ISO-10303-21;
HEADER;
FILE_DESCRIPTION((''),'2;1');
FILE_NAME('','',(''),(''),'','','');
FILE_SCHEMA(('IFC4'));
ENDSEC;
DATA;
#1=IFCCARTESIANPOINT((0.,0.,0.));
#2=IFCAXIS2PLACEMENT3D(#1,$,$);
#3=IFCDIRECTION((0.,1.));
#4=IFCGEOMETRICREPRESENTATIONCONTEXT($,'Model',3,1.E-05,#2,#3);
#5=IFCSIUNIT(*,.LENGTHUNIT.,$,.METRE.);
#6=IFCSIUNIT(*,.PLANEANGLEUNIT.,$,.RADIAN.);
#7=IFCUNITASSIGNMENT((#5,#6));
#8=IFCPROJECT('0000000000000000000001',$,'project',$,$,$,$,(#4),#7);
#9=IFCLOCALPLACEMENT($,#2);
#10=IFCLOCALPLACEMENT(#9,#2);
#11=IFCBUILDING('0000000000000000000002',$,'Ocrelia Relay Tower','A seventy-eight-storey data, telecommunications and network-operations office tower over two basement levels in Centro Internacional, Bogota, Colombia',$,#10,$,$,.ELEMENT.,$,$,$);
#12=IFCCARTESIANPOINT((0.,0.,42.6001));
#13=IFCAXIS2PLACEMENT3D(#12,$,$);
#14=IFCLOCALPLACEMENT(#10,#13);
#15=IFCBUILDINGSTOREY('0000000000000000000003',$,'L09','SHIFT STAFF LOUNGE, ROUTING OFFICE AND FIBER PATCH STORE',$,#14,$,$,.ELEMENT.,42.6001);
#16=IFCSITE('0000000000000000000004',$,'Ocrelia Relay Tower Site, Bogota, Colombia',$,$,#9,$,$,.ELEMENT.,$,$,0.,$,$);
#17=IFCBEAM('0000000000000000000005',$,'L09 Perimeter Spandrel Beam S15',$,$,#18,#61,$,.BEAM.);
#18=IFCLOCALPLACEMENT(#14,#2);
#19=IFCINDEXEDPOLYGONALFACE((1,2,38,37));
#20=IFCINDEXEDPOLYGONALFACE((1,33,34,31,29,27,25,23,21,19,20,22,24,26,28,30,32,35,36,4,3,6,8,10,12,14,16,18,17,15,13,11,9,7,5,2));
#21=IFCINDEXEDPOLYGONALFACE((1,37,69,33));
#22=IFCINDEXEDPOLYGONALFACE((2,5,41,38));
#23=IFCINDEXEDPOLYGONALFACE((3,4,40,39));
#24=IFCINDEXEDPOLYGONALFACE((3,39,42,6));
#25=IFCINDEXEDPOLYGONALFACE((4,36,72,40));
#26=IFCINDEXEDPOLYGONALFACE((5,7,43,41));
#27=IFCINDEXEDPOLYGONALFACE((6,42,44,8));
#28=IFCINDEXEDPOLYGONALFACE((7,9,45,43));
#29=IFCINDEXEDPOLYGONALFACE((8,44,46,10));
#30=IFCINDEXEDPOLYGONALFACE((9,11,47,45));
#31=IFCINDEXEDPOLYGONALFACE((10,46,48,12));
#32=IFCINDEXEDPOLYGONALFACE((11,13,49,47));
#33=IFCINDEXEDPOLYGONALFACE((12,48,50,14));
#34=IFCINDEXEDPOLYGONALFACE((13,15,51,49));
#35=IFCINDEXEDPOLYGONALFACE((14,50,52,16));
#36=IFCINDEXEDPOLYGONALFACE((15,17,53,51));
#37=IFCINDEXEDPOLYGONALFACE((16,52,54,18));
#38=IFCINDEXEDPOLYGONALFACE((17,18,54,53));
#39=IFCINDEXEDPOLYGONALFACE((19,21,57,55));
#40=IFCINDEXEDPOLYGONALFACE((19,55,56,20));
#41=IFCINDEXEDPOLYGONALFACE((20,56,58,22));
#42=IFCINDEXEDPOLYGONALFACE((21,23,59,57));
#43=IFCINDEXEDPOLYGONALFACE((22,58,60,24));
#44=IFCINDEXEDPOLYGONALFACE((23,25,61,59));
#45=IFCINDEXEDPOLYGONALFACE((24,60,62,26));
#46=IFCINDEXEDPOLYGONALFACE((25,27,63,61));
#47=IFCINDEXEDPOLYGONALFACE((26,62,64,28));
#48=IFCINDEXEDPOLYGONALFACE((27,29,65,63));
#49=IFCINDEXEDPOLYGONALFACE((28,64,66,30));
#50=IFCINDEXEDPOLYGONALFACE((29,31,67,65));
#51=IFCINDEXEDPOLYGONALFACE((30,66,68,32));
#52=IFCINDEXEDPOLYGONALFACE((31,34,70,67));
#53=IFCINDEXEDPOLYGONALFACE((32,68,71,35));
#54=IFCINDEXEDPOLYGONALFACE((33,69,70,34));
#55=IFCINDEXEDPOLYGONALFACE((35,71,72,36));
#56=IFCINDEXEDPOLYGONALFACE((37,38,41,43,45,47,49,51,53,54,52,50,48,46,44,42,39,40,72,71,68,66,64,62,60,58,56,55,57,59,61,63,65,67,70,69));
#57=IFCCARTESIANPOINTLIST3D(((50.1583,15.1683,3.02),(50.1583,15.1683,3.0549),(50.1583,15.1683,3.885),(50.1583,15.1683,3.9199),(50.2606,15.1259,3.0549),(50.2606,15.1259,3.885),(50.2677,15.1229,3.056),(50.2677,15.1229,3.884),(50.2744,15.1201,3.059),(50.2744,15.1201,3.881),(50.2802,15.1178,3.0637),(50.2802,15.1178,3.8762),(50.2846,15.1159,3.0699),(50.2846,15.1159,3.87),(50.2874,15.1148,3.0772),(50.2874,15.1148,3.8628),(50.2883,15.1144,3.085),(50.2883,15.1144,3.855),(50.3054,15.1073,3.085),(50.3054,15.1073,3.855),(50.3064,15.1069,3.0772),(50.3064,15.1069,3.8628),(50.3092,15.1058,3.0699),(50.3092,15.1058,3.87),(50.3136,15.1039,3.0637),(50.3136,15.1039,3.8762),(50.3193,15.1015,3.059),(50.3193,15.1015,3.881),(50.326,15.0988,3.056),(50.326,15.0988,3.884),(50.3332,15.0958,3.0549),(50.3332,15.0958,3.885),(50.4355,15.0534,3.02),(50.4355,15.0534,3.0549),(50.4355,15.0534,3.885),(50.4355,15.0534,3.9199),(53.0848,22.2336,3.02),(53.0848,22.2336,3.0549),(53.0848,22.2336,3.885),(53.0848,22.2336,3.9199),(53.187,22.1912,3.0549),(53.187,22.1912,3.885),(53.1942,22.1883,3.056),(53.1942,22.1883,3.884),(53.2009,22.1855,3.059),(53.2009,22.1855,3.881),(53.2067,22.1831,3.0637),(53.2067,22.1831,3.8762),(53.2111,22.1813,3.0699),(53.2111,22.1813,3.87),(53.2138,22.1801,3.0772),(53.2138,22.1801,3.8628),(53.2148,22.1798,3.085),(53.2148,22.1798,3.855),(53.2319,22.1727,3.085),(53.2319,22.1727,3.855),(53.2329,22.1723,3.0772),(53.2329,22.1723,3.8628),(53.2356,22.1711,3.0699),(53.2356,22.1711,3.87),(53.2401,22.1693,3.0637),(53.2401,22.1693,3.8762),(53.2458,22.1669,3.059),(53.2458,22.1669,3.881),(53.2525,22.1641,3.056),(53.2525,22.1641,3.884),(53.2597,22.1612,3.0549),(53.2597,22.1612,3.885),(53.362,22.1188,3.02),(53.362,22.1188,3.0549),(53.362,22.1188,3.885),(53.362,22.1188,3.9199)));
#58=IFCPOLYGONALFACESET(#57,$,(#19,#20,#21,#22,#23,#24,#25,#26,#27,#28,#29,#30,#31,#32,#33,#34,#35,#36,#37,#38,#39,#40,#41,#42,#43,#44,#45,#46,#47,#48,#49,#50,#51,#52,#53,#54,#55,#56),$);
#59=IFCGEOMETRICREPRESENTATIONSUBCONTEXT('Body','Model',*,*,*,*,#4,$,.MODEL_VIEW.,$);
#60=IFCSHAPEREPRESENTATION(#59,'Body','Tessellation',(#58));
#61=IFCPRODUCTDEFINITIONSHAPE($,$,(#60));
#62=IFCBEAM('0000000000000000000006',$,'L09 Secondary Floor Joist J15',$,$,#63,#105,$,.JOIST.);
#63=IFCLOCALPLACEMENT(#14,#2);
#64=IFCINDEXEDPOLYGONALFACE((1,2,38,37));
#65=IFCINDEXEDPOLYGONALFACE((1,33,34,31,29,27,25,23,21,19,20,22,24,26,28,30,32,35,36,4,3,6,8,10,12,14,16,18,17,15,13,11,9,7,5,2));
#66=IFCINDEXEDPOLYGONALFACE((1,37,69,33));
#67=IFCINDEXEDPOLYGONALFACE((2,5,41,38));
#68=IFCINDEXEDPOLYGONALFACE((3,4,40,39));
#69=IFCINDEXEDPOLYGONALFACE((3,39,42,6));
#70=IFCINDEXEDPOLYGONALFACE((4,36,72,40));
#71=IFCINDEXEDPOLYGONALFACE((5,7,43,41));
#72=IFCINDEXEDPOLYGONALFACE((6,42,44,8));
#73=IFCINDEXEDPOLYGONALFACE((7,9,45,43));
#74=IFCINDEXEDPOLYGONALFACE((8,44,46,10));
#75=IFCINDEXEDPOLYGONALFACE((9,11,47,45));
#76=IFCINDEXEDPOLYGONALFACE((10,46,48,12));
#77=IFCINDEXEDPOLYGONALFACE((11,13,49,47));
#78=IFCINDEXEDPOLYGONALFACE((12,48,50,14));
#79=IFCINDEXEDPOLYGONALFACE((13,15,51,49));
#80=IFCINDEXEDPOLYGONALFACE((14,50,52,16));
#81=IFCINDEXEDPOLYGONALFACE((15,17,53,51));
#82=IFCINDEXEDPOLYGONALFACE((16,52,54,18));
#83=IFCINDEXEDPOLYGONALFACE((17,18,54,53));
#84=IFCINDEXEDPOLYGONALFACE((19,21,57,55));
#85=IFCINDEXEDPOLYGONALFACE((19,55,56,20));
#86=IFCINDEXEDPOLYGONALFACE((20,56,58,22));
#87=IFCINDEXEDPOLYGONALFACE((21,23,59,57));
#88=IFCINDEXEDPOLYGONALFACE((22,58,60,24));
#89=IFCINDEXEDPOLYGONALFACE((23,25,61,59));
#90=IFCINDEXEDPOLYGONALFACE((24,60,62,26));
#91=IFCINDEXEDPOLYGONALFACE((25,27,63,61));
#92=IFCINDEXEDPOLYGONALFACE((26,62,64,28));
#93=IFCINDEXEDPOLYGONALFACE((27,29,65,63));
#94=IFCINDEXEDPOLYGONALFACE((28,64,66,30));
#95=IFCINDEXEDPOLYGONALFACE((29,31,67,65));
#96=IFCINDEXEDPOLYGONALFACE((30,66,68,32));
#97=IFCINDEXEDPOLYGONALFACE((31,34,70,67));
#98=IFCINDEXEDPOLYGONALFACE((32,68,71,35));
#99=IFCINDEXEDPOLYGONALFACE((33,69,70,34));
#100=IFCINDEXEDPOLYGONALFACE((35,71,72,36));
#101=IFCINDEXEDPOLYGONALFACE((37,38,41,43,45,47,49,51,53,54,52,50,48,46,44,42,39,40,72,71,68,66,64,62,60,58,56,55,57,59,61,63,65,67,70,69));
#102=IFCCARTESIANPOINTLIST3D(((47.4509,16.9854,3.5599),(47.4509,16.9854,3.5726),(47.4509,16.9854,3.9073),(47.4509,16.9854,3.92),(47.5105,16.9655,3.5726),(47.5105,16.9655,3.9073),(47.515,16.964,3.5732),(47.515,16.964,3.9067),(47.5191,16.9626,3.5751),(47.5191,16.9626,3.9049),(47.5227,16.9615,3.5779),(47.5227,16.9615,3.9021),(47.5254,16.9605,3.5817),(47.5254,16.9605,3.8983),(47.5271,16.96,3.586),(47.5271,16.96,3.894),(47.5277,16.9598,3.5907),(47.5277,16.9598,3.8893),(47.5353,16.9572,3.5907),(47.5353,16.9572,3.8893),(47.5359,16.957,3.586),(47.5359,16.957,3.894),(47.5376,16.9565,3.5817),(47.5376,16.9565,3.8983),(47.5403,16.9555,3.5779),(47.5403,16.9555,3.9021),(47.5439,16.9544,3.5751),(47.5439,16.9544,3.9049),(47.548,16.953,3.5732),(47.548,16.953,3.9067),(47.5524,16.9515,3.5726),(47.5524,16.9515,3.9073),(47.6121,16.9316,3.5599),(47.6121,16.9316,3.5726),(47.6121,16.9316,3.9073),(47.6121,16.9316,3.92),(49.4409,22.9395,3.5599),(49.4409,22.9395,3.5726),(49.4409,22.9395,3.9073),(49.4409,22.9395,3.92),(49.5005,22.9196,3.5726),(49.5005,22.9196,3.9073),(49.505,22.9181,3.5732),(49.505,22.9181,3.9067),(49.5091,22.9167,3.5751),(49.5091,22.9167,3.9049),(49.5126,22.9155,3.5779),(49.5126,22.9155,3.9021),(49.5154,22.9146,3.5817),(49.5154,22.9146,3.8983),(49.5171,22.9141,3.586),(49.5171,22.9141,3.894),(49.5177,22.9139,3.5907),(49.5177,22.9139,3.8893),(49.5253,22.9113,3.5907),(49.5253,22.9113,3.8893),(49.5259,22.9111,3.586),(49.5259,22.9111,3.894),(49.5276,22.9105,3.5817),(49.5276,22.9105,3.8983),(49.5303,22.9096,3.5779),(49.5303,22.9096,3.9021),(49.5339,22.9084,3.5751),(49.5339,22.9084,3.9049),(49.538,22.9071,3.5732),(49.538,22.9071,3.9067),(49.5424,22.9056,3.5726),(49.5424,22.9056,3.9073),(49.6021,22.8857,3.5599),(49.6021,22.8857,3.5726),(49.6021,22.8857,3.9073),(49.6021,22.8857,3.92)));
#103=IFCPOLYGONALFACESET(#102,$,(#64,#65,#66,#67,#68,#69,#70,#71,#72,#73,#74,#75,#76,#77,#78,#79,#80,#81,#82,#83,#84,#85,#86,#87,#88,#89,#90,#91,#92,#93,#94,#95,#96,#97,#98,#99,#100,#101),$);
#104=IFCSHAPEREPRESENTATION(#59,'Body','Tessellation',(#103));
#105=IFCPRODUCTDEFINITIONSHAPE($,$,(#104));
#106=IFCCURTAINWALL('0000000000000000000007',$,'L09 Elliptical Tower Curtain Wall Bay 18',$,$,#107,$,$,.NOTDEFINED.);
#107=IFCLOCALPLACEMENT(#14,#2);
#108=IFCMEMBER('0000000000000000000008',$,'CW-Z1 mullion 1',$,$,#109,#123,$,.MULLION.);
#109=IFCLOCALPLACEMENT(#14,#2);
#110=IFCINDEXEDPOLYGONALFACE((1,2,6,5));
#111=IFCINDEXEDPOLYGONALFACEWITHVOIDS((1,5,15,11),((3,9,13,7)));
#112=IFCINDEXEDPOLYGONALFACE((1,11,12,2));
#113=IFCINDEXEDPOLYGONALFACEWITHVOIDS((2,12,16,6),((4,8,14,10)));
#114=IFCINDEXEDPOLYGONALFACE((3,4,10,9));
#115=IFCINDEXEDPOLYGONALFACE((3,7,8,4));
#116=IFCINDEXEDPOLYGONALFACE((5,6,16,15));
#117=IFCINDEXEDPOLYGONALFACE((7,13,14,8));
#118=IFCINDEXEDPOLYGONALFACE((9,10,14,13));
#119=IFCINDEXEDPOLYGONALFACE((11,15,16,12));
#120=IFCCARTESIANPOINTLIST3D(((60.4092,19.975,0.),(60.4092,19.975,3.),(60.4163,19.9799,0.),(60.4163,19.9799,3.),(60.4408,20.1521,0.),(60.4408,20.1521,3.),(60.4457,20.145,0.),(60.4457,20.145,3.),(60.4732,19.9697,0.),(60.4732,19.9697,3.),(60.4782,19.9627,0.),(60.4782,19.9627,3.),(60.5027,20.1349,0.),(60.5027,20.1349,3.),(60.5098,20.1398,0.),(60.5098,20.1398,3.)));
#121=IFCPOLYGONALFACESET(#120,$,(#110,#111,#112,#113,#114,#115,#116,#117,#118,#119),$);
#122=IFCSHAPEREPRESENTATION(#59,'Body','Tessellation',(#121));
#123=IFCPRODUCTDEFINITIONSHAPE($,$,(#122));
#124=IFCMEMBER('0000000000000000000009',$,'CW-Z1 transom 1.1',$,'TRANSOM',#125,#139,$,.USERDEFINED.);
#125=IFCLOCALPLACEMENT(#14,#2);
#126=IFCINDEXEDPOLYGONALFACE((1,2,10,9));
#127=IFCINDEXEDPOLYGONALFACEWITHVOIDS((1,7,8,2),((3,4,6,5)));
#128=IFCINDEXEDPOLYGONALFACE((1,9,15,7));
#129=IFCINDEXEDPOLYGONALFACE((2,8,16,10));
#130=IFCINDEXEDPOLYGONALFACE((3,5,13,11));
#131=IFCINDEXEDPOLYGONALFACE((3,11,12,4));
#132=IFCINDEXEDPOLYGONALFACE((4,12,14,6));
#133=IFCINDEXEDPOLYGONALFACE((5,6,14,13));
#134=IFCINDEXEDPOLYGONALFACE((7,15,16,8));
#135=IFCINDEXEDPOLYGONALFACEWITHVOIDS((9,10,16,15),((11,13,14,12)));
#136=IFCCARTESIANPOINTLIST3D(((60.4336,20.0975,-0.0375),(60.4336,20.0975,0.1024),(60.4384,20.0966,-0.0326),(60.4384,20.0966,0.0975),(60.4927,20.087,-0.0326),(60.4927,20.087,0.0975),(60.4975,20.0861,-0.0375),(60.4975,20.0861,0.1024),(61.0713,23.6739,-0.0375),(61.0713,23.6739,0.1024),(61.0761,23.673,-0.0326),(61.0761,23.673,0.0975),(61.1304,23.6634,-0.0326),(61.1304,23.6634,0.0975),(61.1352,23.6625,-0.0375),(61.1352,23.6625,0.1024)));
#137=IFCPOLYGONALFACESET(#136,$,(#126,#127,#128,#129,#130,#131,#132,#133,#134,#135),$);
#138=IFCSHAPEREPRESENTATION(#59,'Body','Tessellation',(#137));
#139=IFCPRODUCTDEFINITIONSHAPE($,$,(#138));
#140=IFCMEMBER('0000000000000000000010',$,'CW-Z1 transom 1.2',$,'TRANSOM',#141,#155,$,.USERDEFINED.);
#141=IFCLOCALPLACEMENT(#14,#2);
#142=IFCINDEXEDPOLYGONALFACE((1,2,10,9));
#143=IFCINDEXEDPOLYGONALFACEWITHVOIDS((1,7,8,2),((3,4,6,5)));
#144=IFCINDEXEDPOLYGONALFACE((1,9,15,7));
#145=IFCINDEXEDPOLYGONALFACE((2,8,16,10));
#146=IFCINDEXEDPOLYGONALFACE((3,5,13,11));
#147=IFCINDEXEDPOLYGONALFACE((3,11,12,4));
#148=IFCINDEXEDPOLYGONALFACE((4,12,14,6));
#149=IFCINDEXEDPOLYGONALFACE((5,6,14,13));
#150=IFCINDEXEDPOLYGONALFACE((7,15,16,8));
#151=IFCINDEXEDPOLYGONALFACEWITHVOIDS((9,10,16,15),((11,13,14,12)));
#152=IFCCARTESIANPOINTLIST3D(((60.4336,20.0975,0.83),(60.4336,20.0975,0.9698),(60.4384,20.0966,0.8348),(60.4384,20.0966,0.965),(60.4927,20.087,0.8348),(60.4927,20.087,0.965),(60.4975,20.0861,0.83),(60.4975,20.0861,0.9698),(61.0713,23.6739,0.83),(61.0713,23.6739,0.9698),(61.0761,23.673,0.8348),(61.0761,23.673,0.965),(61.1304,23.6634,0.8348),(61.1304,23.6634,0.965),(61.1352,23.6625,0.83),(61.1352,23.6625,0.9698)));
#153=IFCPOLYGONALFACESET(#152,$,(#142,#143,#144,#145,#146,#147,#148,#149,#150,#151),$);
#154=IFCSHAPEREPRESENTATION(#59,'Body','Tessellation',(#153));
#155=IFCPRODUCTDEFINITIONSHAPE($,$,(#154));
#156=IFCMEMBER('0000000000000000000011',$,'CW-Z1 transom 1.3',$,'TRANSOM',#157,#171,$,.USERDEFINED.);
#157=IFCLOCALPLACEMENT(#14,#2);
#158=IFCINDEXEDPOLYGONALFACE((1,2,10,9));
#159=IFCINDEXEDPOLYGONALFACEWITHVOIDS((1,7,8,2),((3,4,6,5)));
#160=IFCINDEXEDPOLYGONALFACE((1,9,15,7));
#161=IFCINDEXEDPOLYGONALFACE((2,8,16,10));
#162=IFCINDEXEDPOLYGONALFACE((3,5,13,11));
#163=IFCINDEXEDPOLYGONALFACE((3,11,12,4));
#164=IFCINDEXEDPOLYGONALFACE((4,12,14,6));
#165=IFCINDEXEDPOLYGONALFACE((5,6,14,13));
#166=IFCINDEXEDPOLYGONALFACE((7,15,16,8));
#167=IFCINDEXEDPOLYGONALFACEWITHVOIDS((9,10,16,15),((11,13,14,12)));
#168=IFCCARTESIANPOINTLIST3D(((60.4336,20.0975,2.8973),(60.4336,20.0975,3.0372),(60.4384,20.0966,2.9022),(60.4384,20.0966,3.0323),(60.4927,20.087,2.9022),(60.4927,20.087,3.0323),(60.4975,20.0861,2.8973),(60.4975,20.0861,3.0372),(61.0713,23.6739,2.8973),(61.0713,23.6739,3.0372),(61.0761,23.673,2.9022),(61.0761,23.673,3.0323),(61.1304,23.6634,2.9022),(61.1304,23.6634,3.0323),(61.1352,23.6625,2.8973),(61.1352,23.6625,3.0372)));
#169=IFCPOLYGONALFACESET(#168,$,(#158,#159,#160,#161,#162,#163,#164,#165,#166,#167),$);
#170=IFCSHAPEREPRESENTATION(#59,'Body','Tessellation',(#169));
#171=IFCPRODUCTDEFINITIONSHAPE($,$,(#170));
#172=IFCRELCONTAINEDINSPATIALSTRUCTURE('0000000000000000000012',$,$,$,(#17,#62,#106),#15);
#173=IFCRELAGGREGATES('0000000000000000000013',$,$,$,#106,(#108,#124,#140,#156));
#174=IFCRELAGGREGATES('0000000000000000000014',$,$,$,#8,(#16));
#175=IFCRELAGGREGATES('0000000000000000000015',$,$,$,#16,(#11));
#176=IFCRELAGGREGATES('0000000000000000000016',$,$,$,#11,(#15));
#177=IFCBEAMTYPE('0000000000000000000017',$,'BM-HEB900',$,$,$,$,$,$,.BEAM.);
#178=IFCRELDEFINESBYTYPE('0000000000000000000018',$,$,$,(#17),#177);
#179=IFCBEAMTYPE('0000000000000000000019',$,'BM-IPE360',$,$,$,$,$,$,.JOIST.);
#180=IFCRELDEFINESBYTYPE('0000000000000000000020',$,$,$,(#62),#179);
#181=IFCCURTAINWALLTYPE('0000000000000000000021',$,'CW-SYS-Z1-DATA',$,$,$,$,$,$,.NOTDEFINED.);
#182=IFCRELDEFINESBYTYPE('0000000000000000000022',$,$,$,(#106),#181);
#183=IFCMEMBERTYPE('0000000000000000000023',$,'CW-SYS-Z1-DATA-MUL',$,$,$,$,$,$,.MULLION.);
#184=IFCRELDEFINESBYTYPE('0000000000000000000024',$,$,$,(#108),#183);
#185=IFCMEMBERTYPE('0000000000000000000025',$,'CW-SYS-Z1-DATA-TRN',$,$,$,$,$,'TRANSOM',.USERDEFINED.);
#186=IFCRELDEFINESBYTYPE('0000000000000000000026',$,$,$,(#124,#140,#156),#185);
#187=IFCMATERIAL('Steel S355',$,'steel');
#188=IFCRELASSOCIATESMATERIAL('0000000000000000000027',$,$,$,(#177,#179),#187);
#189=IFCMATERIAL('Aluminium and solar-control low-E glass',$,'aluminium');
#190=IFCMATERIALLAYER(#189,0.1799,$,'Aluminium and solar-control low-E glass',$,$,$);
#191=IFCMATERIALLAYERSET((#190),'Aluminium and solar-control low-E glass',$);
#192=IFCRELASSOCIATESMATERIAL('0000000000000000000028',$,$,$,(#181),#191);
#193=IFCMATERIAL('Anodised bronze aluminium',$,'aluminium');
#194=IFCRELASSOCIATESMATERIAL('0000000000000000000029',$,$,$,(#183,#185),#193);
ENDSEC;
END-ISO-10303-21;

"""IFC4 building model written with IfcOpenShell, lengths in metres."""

from ifc_helpers import new_model, si_unit, direction, frame, origin, origin_2d, place, context, subcontext, project, spatial, hollow_rectangle, i_section, extrude, material, layer, layer_set, material_profile, profile_set, type_object, element, aggregate, save


model = new_model("IFC4")

# Units and contexts
model_context = context("Model", 3, precision=1e-05, world=origin(), true_north=direction((0.0, 1.0)))
body_context = subcontext(model_context, "Body", "Model", "MODEL_VIEW")
ifc_project = project(units=[si_unit("LENGTHUNIT", "METRE"), si_unit("PLANEANGLEUNIT", "RADIAN")], contexts=[model_context])

# Site, building, storey
site_placement = place(None, origin())
site = spatial("IfcSite", under=ifc_project, at=site_placement, Name="Ocrelia Relay Tower Site, Bogota, Colombia", CompositionType="ELEMENT", RefElevation=0.0)
building_placement = place(site_placement, origin())
building = spatial("IfcBuilding", under=site, at=building_placement, Name="Ocrelia Relay Tower", Description="A seventy-eight-storey data, telecommunications and network-operations office tower over two basement levels in Centro Internacional, Bogota, Colombia", CompositionType="ELEMENT")
storey_placement = place(building_placement, frame((0.0, 0.0, 42.6001)))
storey = spatial("IfcBuildingStorey", under=building, at=storey_placement, Name="L09", Description="SHIFT STAFF LOUNGE, ROUTING OFFICE AND FIBER PATCH STORE", CompositionType="ELEMENT", Elevation=42.6001)

# Beams
ifc_material_1 = material(Name="Steel S355", Category="steel")
ifc_material_profile_1 = material_profile(ifc_material_1, i_section(OverallWidth=0.3, OverallDepth=0.8999, WebThickness=0.0186, FlangeThickness=0.0349, FilletRadius=0.03, at=origin_2d()), Name="HEB 900")
ifc_profile_set_1 = profile_set([ifc_material_profile_1], Name="Steel S355")
beam_type_1 = type_object("IfcBeamType", Name="BM-HEB900", PredefinedType="BEAM", material=ifc_profile_set_1)
beam_1_placement = place(storey_placement, frame((50.2969, 15.1108, 3.47), z_axis=(0.382674, 0.923883, 0.0), x_axis=(-0.923883, 0.382674, 0.0)))
element("IfcBeam", 1, at=beam_1_placement, inside=storey, type_object=beam_type_1, Name="L09 Perimeter Spandrel Beam S15", PredefinedType="BEAM", context=body_context, shape_type="SweptSolid", body=[
    extrude(i_section(OverallWidth=0.3, OverallDepth=0.8999, WebThickness=0.0186, FlangeThickness=0.0349, FilletRadius=0.03, at=origin_2d()), origin(), (0.0, 0.0, 1.0), 7.6475),
])
ifc_material_profile_2 = material_profile(ifc_material_1, i_section(OverallWidth=0.1699, OverallDepth=0.3601, WebThickness=0.0081, FlangeThickness=0.0127, FilletRadius=0.0181, at=origin_2d()), Name="IPE 360")
ifc_profile_set_2 = profile_set([ifc_material_profile_2], Name="Steel S355")
beam_type_2 = type_object("IfcBeamType", Name="BM-IPE360", PredefinedType="JOIST", material=ifc_profile_set_2)
beam_2_placement = place(storey_placement, frame((47.5315, 16.9585, 3.74), z_axis=(0.316986, 0.94843, 0.0), x_axis=(-0.94843, 0.316986, 0.0)))
element("IfcBeam", 2, at=beam_2_placement, inside=storey, type_object=beam_type_2, Name="L09 Secondary Floor Joist J15", PredefinedType="JOIST", context=body_context, shape_type="SweptSolid", body=[
    extrude(i_section(OverallWidth=0.1699, OverallDepth=0.3601, WebThickness=0.0081, FlangeThickness=0.0127, FilletRadius=0.0181, at=origin_2d()), origin(), (0.0, 0.0, 1.0), 6.2778),
])

# Curtain wall, members
ifc_material_2 = material(Name="Aluminium and solar-control low-E glass", Category="aluminium")
ifc_layer_1 = layer(ifc_material_2, 0.1799, Name="Aluminium and solar-control low-E glass")
ifc_layer_set_1 = layer_set([ifc_layer_1], Name="Aluminium and solar-control low-E glass")
curtain_wall_type = type_object("IfcCurtainWallType", Name="CW-SYS-Z1-DATA", PredefinedType="NOTDEFINED", material=ifc_layer_set_1)
curtain_wall_placement = place(storey_placement, origin())
curtain_wall = element("IfcCurtainWall", 3, at=curtain_wall_placement, inside=storey, type_object=curtain_wall_type, Name="L09 Elliptical Tower Curtain Wall Bay 18", PredefinedType="NOTDEFINED")
ifc_material_3 = material(Name="Anodised bronze aluminium", Category="aluminium")
ifc_material_profile_3 = material_profile(ifc_material_3, hollow_rectangle(XDim=0.0701, YDim=0.1799, WallThickness=0.0061, at=origin_2d()), Name="CW-MUL-180x70")
ifc_profile_set_3 = profile_set([ifc_material_profile_3], Name="Anodised bronze aluminium")
member_type_1 = type_object("IfcMemberType", Name="CW-SYS-Z1-DATA-MUL", PredefinedType="MULLION", material=ifc_profile_set_3)
member_1_placement = place(storey_placement, frame((60.4595, 20.0574, 0.0), z_axis=(0.0, 0.0, 1.0), x_axis=(-0.984473, 0.175534, 0.0)))
member_1 = element("IfcMember", 4, at=member_1_placement, type_object=member_type_1, Name="CW-Z1 mullion 1", PredefinedType="MULLION", context=body_context, shape_type="SweptSolid", body=[
    extrude(hollow_rectangle(XDim=0.0701, YDim=0.1799, WallThickness=0.0061, at=origin_2d()), origin(), (0.0, 0.0, 1.0), 3.0),
])
ifc_material_profile_4 = material_profile(ifc_material_3, hollow_rectangle(XDim=0.0649, YDim=0.1399, WallThickness=0.0049, at=origin_2d()), Name="CW-TRN-140x65")
ifc_profile_set_4 = profile_set([ifc_material_profile_4], Name="Anodised bronze aluminium")
member_type_2 = type_object("IfcMemberType", Name="CW-SYS-Z1-DATA-TRN", ElementType="TRANSOM", PredefinedType="USERDEFINED", material=ifc_profile_set_4)
member_2_placement = place(storey_placement, frame((60.4656, 20.0918, 0.0325), z_axis=(0.175537, 0.984473, 0.0), x_axis=(-0.984473, 0.175537, 0.0)))
member_2 = element("IfcMember", 5, at=member_2_placement, type_object=member_type_2, Name="CW-Z1 transom 1.1", ObjectType="TRANSOM", PredefinedType="USERDEFINED", context=body_context, shape_type="SweptSolid", body=[
    extrude(hollow_rectangle(XDim=0.0649, YDim=0.1399, WallThickness=0.0049, at=origin_2d()), origin(), (0.0, 0.0, 1.0), 3.6328),
])
member_3_placement = place(storey_placement, frame((60.4656, 20.0918, 0.8999), z_axis=(0.175537, 0.984473, 0.0), x_axis=(-0.984473, 0.175537, 0.0)))
member_3 = element("IfcMember", 6, at=member_3_placement, type_object=member_type_2, Name="CW-Z1 transom 1.2", ObjectType="TRANSOM", PredefinedType="USERDEFINED", context=body_context, shape_type="SweptSolid", body=[
    extrude(hollow_rectangle(XDim=0.0649, YDim=0.1399, WallThickness=0.0049, at=origin_2d()), origin(), (0.0, 0.0, 1.0), 3.6328),
])
member_4_placement = place(storey_placement, frame((60.4656, 20.0918, 2.9673), z_axis=(0.175537, 0.984473, 0.0), x_axis=(-0.984473, 0.175537, 0.0)))
member_4 = element("IfcMember", 7, at=member_4_placement, type_object=member_type_2, Name="CW-Z1 transom 1.3", ObjectType="TRANSOM", PredefinedType="USERDEFINED", context=body_context, shape_type="SweptSolid", body=[
    extrude(hollow_rectangle(XDim=0.0649, YDim=0.1399, WallThickness=0.0049, at=origin_2d()), origin(), (0.0, 0.0, 1.0), 3.6328),
])
aggregate(curtain_wall, [member_1, member_2, member_3, member_4])

save(model, "model.ifc")
